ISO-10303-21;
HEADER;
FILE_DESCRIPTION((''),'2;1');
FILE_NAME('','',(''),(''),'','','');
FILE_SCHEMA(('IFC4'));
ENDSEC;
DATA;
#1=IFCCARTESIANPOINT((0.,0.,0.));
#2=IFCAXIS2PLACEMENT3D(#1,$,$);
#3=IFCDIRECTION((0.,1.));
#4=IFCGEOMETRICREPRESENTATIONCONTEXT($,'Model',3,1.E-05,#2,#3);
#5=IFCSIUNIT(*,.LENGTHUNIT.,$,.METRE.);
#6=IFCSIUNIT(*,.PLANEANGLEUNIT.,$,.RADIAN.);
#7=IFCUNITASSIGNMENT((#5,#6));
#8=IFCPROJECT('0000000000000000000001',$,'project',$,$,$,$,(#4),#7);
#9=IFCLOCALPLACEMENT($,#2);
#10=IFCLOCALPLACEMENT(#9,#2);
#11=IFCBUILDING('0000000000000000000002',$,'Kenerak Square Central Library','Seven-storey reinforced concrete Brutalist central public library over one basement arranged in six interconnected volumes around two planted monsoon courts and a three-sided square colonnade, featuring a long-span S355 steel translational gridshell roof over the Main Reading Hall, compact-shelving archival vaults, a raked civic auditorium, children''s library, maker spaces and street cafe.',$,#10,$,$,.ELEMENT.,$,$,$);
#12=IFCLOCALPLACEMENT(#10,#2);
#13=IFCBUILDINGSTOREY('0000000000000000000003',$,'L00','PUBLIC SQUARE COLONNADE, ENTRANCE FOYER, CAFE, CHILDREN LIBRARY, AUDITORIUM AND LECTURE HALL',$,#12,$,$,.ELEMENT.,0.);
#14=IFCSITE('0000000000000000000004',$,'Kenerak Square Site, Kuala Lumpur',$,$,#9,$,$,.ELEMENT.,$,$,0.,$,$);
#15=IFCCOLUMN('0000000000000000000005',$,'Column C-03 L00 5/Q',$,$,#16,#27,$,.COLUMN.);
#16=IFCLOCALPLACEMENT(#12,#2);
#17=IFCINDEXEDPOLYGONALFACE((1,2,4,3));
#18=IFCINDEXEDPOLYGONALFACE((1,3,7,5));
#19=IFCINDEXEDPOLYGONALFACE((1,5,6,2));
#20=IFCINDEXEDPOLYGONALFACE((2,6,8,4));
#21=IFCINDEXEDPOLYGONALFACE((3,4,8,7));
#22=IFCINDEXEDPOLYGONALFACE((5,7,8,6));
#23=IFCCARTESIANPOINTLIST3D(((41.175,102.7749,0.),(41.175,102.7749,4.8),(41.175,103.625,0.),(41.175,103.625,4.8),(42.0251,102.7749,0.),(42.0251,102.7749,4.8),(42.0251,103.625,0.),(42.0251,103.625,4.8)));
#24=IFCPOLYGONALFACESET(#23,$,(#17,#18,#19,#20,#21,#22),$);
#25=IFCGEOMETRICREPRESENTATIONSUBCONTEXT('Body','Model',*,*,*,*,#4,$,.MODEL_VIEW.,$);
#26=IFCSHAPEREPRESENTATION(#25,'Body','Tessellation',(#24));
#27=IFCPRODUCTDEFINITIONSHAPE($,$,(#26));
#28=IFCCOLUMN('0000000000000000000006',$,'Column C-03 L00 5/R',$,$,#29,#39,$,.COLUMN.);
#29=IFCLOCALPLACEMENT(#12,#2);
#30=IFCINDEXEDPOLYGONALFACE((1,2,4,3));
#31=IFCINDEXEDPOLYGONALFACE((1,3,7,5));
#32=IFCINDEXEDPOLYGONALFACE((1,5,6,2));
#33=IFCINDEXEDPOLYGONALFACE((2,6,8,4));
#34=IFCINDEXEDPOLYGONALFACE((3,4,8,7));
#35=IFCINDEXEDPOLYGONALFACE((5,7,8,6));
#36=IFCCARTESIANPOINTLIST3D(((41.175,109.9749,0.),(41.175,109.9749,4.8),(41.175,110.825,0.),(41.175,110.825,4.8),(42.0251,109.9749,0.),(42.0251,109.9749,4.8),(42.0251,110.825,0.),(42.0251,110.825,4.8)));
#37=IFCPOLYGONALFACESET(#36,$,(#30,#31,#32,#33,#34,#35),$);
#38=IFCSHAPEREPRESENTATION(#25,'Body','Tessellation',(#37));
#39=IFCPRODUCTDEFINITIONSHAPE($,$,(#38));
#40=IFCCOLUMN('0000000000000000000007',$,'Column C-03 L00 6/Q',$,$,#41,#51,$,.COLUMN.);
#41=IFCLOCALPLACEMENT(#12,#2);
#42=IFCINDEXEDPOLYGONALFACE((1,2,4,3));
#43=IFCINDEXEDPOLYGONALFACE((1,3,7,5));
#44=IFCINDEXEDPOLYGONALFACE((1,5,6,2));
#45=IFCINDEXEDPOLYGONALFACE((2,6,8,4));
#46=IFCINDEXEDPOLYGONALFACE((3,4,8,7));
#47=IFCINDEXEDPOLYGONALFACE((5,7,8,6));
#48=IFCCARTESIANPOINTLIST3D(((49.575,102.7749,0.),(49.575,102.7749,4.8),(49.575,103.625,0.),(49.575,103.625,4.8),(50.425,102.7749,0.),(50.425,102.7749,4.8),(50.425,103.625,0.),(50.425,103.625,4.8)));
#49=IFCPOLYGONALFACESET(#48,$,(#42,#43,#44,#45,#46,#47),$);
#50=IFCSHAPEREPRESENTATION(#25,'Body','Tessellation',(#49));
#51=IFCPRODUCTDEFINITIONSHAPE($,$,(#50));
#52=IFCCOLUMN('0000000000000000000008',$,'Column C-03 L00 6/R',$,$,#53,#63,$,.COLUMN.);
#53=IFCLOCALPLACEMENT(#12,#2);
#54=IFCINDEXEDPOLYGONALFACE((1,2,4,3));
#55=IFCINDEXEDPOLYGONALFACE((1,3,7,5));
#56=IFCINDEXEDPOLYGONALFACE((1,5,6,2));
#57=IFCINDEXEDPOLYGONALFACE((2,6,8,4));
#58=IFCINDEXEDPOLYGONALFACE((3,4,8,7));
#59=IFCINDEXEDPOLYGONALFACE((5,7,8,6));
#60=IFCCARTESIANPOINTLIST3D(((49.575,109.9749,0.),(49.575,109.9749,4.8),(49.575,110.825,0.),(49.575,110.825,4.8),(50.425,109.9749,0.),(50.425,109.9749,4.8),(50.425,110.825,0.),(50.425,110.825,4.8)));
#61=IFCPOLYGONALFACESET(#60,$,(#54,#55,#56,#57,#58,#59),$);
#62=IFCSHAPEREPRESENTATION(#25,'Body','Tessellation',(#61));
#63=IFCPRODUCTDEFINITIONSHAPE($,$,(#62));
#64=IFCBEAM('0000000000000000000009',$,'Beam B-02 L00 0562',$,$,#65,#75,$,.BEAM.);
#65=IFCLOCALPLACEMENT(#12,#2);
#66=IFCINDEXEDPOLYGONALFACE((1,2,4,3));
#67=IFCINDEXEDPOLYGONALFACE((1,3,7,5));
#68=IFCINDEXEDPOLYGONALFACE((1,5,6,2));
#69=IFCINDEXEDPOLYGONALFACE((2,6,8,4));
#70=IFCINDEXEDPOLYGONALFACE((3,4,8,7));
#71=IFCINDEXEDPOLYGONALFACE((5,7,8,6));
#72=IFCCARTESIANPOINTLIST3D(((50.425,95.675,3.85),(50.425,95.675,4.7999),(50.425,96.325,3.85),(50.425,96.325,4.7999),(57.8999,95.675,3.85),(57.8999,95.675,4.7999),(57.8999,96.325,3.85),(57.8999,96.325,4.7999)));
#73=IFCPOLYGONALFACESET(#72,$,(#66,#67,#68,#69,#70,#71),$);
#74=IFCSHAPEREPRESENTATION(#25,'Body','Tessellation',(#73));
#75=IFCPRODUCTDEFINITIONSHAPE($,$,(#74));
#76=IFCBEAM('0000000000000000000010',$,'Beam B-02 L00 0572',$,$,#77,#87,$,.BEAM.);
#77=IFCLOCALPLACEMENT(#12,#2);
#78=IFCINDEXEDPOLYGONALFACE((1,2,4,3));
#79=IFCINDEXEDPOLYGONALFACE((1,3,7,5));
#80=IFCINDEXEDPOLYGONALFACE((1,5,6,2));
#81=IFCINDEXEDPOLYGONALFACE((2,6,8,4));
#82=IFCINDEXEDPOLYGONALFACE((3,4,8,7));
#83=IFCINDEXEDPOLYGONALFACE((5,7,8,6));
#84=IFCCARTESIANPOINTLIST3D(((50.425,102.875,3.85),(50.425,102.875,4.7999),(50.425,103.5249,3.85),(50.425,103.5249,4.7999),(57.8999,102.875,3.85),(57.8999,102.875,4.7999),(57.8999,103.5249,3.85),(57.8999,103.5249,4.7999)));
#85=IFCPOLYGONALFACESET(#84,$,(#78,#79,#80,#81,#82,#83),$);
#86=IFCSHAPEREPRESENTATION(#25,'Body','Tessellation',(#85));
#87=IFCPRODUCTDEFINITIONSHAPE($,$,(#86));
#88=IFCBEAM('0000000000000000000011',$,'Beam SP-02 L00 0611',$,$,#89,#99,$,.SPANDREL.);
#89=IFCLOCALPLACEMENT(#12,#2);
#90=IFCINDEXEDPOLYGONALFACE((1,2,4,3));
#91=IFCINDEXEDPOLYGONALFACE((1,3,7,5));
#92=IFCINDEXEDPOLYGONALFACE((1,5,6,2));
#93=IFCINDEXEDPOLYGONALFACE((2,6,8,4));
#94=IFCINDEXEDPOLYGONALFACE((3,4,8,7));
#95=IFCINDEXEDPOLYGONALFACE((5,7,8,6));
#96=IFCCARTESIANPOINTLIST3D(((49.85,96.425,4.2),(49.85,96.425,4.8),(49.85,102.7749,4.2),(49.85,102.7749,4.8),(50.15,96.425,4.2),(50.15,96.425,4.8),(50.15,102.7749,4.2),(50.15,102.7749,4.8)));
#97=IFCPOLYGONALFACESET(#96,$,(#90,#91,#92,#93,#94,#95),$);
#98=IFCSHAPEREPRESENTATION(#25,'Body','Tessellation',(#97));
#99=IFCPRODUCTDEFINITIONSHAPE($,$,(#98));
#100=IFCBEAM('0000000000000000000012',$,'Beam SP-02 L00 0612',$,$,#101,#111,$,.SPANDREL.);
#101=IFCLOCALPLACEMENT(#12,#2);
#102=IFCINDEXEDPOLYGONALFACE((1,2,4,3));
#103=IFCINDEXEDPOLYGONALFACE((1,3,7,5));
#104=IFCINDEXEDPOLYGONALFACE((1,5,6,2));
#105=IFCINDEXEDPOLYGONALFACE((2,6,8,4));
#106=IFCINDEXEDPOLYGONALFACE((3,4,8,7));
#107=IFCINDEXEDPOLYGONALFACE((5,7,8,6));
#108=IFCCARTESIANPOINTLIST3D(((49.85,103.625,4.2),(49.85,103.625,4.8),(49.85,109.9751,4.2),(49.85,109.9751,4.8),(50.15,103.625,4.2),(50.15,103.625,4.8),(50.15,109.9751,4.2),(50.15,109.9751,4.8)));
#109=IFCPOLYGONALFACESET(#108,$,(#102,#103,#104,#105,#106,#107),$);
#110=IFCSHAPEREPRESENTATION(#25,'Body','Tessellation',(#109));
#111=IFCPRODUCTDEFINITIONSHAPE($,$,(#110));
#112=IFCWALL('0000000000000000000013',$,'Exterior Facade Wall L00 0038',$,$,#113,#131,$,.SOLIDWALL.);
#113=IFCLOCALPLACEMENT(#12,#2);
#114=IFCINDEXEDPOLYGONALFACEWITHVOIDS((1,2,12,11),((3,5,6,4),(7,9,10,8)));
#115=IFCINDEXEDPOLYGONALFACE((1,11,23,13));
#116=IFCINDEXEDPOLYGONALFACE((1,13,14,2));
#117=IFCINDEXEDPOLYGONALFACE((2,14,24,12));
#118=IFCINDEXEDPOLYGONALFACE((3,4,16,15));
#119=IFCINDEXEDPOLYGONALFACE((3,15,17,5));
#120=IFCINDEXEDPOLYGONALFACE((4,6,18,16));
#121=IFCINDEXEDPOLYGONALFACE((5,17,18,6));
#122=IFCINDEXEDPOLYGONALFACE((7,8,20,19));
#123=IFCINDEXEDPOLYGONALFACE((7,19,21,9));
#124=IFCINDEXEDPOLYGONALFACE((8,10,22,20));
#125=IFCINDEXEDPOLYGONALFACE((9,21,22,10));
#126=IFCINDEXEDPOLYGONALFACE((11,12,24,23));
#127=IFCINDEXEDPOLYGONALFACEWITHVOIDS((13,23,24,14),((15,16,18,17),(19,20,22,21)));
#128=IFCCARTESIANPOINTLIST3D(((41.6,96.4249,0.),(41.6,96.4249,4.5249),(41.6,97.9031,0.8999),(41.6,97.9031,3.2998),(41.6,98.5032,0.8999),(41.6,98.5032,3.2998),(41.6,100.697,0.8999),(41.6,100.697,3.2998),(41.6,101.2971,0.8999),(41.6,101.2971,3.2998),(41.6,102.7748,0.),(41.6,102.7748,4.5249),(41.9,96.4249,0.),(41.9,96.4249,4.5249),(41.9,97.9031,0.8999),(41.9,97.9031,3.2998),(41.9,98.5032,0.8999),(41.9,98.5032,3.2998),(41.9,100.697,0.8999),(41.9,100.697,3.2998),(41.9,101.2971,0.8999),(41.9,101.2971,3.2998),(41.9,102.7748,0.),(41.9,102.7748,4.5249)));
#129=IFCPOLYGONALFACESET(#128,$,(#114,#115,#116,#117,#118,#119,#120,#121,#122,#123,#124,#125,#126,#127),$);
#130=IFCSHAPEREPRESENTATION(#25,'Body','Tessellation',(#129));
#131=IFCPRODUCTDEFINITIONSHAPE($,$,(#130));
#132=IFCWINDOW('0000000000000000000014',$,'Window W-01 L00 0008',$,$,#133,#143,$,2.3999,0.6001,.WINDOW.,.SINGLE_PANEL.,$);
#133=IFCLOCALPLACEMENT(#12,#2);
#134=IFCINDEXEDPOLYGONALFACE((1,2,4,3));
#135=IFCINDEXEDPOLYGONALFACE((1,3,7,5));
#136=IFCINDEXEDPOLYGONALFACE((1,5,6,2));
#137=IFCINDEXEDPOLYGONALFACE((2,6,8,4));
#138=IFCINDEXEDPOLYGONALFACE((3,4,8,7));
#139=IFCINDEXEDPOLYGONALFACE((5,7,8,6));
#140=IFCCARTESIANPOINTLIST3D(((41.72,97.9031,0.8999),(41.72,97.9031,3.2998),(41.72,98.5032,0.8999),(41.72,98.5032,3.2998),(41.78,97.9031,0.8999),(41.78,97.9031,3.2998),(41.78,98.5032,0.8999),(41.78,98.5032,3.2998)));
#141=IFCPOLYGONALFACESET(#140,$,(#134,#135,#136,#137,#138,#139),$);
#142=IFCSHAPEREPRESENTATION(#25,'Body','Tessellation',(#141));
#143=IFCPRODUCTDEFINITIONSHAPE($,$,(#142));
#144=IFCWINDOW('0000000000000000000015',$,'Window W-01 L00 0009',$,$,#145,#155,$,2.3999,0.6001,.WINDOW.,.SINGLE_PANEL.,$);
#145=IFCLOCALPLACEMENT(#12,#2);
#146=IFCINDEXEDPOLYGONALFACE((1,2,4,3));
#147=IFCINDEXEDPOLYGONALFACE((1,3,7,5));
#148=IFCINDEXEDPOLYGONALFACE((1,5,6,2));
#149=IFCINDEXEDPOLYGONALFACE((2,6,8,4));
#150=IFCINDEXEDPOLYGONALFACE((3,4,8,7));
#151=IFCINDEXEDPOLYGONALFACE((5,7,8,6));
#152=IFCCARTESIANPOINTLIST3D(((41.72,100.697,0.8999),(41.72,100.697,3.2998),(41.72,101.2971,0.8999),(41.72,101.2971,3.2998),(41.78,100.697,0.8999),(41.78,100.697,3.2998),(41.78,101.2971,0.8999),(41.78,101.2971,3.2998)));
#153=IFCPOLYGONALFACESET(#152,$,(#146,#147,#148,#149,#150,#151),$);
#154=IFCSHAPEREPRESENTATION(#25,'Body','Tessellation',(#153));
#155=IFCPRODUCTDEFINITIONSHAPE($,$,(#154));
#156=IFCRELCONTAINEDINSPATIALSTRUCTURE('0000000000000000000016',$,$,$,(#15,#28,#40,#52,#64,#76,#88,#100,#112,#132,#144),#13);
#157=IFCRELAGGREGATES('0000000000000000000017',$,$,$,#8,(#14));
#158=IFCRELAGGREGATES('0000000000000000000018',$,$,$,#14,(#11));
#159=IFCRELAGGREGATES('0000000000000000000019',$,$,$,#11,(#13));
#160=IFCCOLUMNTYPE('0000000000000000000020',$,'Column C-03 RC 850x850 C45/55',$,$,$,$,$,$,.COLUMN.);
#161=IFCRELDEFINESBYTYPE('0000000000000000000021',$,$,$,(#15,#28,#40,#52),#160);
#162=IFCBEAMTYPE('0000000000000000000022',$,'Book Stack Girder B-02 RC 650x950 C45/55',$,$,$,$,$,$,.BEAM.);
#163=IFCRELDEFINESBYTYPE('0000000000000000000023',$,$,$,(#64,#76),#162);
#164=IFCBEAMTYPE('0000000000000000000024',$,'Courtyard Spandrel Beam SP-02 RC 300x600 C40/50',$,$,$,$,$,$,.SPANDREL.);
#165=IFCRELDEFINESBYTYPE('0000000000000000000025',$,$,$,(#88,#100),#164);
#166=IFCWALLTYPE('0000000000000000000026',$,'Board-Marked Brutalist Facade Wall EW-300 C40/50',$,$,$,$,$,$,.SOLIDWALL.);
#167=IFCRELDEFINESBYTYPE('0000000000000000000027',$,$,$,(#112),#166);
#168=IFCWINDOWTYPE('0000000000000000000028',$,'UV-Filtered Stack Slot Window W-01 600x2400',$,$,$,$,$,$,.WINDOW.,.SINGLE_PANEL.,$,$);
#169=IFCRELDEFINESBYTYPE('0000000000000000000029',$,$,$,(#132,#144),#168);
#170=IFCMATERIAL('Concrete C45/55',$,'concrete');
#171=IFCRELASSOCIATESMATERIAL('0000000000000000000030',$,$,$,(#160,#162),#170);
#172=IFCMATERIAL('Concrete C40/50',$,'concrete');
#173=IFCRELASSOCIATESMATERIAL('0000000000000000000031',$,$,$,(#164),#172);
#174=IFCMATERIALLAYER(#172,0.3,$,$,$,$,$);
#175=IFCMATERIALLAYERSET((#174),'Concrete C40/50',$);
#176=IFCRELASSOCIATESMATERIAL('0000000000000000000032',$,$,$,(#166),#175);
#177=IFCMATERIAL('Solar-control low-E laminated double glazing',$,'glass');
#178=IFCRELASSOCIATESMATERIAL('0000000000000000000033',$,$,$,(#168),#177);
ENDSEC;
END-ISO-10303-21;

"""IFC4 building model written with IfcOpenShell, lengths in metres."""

from ifc_helpers import new_model, si_unit, direction, frame, frame_2d, origin, origin_2d, place, context, subcontext, project, spatial, rectangle, extrude, material, layer, layer_set, material_profile, profile_set, type_object, element, fill, save


model = new_model("IFC4")

# Units and contexts
model_context = context("Model", 3, precision=1e-05, world=origin(), true_north=direction((0.0, 1.0)))
body_context = subcontext(model_context, "Body", "Model", "MODEL_VIEW")
ifc_project = project(units=[si_unit("LENGTHUNIT", "METRE"), si_unit("PLANEANGLEUNIT", "RADIAN")], contexts=[model_context])

# Site, building, storey
site_placement = place(None, origin())
site = spatial("IfcSite", under=ifc_project, at=site_placement, Name="Kenerak Square Site, Kuala Lumpur", CompositionType="ELEMENT", RefElevation=0.0)
building_placement = place(site_placement, origin())
building = spatial("IfcBuilding", under=site, at=building_placement, Name="Kenerak Square Central Library", Description="Seven-storey reinforced concrete Brutalist central public library over one basement arranged in six interconnected volumes around two planted monsoon courts and a three-sided square colonnade, featuring a long-span S355 steel translational gridshell roof over the Main Reading Hall, compact-shelving archival vaults, a raked civic auditorium, children's library, maker spaces and street cafe.", CompositionType="ELEMENT")
storey_placement = place(building_placement, origin())
storey = spatial("IfcBuildingStorey", under=building, at=storey_placement, Name="L00", Description="PUBLIC SQUARE COLONNADE, ENTRANCE FOYER, CAFE, CHILDREN LIBRARY, AUDITORIUM AND LECTURE HALL", CompositionType="ELEMENT", Elevation=0.0)

# Columns
ifc_material_1 = material(Name="Concrete C45/55", Category="concrete")
ifc_material_profile_1 = material_profile(ifc_material_1, rectangle(XDim=0.8501, YDim=0.8501, at=origin_2d()), Name="RC 850x850")
ifc_profile_set_1 = profile_set([ifc_material_profile_1], Name="Concrete C45/55")
column_type = type_object("IfcColumnType", Name="Column C-03 RC 850x850 C45/55", PredefinedType="COLUMN", material=ifc_profile_set_1)
for number, where, z_axis, x_axis, name in (
    (1, (41.6001, 103.2, 0.0), (0.0, 0.0, 1.0), (1.0, 0.0, 0.0), "Column C-03 L00 5/Q"),
    (2, (41.6001, 110.3999, 0.0), (0.0, 0.0, 1.0), (1.0, 0.0, 0.0), "Column C-03 L00 5/R"),
    (3, (50.0, 103.2, 0.0), (0.0, 0.0, 1.0), (1.0, 0.0, 0.0), "Column C-03 L00 6/Q"),
    (4, (50.0, 110.3999, 0.0), (0.0, 0.0, 1.0), (1.0, 0.0, 0.0), "Column C-03 L00 6/R"),
):
    element("IfcColumn", number, at=place(storey_placement, frame(where, z_axis=z_axis, x_axis=x_axis)), inside=storey, type_object=column_type, Name=name, PredefinedType="COLUMN", context=body_context, shape_type="SweptSolid", body=[
        extrude(rectangle(XDim=0.8501, YDim=0.8501, at=origin_2d()), origin(), (0.0, 0.0, 1.0), 4.8),
    ])

# Beams
ifc_material_profile_2 = material_profile(ifc_material_1, rectangle(XDim=0.6499, YDim=0.95, at=origin_2d()), Name="RC 650x950")
ifc_profile_set_2 = profile_set([ifc_material_profile_2], Name="Concrete C45/55")
beam_type_1 = type_object("IfcBeamType", Name="Book Stack Girder B-02 RC 650x950 C45/55", PredefinedType="BEAM", material=ifc_profile_set_2)
for number, where, z_axis, x_axis, name in (
    (5, (50.425, 96.0, 4.325), (1.0, 0.0, 0.0), (0.0, 1.0, 0.0), "Beam B-02 L00 0562"),
    (6, (50.425, 103.2, 4.325), (1.0, 0.0, 0.0), (0.0, 1.0, 0.0), "Beam B-02 L00 0572"),
):
    element("IfcBeam", number, at=place(storey_placement, frame(where, z_axis=z_axis, x_axis=x_axis)), inside=storey, type_object=beam_type_1, Name=name, PredefinedType="BEAM", context=body_context, shape_type="SweptSolid", body=[
        extrude(rectangle(XDim=0.6499, YDim=0.95, at=origin_2d()), origin(), (0.0, 0.0, 1.0), 7.4749),
    ])
ifc_material_2 = material(Name="Concrete C40/50", Category="concrete")
ifc_material_profile_3 = material_profile(ifc_material_2, rectangle(XDim=0.3, YDim=0.6001, at=origin_2d()), Name="RC 300x600")
ifc_profile_set_3 = profile_set([ifc_material_profile_3], Name="Concrete C40/50")
beam_type_2 = type_object("IfcBeamType", Name="Courtyard Spandrel Beam SP-02 RC 300x600 C40/50", PredefinedType="SPANDREL", material=ifc_profile_set_3)
beam_1_placement = place(storey_placement, frame((50.0, 96.425, 4.5), z_axis=(0.0, 1.0, 0.0), x_axis=(-1.0, 0.0, 0.0)))
element("IfcBeam", 7, at=beam_1_placement, inside=storey, type_object=beam_type_2, Name="Beam SP-02 L00 0611", PredefinedType="SPANDREL", context=body_context, shape_type="SweptSolid", body=[
    extrude(rectangle(XDim=0.3, YDim=0.6001, at=origin_2d()), origin(), (0.0, 0.0, 1.0), 6.3499),
])
beam_2_placement = place(storey_placement, frame((50.0, 103.625, 4.5), z_axis=(0.0, 1.0, 0.0), x_axis=(-1.0, 0.0, 0.0)))
element("IfcBeam", 8, at=beam_2_placement, inside=storey, type_object=beam_type_2, Name="Beam SP-02 L00 0612", PredefinedType="SPANDREL", context=body_context, shape_type="SweptSolid", body=[
    extrude(rectangle(XDim=0.3, YDim=0.6001, at=origin_2d()), origin(), (0.0, 0.0, 1.0), 6.3501),
])

# Wall, openings, windows
ifc_layer = layer(ifc_material_2, 0.3)
ifc_layer_set = layer_set([ifc_layer], Name="Concrete C40/50")
wall_type = type_object("IfcWallType", Name="Board-Marked Brutalist Facade Wall EW-300 C40/50", PredefinedType="SOLIDWALL", material=ifc_layer_set)
wall_1_placement = place(storey_placement, frame((41.75, 96.425, 0.0), z_axis=(0.0, 0.0, 1.0), x_axis=(0.0, 1.0, 0.0)))
wall_1 = element("IfcWall", 9, at=wall_1_placement, inside=storey, type_object=wall_type, Name="Exterior Facade Wall L00 0038", PredefinedType="SOLIDWALL", context=body_context, shape_type="SweptSolid", body=[
    extrude(rectangle(XDim=6.3499, YDim=0.3, at=frame_2d((3.1748, 0.0))), origin(), (0.0, 0.0, 1.0), 4.5249),
])
opening_1_placement = place(wall_1_placement, frame((1.478, 0.0, 0.8999)))
opening_1 = element("IfcOpeningElement", 10, at=opening_1_placement, cuts=wall_1, PredefinedType="OPENING", context=body_context, shape_type="SweptSolid", body=[
    extrude(rectangle(XDim=0.6001, YDim=2.3999, at=frame_2d((0.3, 1.2))), frame((0.0, 0.1599, 0.0), z_axis=(0.0, -1.0, 0.0), x_axis=(1.0, 0.0, 0.0)), (0.0, 0.0, 1.0), 0.3201),
])
opening_2_placement = place(wall_1_placement, frame((4.272, 0.0, 0.8999)))
opening_2 = element("IfcOpeningElement", 11, at=opening_2_placement, cuts=wall_1, PredefinedType="OPENING", context=body_context, shape_type="SweptSolid", body=[
    extrude(rectangle(XDim=0.6001, YDim=2.3999, at=frame_2d((0.3, 1.2))), frame((0.0, 0.1599, 0.0), z_axis=(0.0, -1.0, 0.0), x_axis=(1.0, 0.0, 0.0)), (0.0, 0.0, 1.0), 0.3201),
])
ifc_material_3 = material(Name="Solar-control low-E laminated double glazing", Category="glass")
window_type = type_object("IfcWindowType", Name="UV-Filtered Stack Slot Window W-01 600x2400", PartitioningType="SINGLE_PANEL", PredefinedType="WINDOW", material=ifc_material_3)
window_1_placement = place(opening_1_placement, origin())
window_1 = element("IfcWindow", 12, at=window_1_placement, inside=storey, type_object=window_type, Name="Window W-01 L00 0008", OverallHeight=2.3999, OverallWidth=0.6001, PartitioningType="SINGLE_PANEL", PredefinedType="WINDOW", context=body_context, shape_type="SweptSolid", body=[
    extrude(rectangle(XDim=0.6001, YDim=2.3999, at=frame_2d((0.3, 1.2))), frame((0.0, 0.03, 0.0), z_axis=(0.0, -1.0, 0.0), x_axis=(1.0, 0.0, 0.0)), (0.0, 0.0, 1.0), 0.0601),
])
fill(opening_1, window_1)
window_2_placement = place(opening_2_placement, origin())
window_2 = element("IfcWindow", 13, at=window_2_placement, inside=storey, type_object=window_type, Name="Window W-01 L00 0009", OverallHeight=2.3999, OverallWidth=0.6001, PartitioningType="SINGLE_PANEL", PredefinedType="WINDOW", context=body_context, shape_type="SweptSolid", body=[
    extrude(rectangle(XDim=0.6001, YDim=2.3999, at=frame_2d((0.3, 1.2))), frame((0.0, 0.03, 0.0), z_axis=(0.0, -1.0, 0.0), x_axis=(1.0, 0.0, 0.0)), (0.0, 0.0, 1.0), 0.0601),
])
fill(opening_2, window_2)

save(model, "model.ifc")
